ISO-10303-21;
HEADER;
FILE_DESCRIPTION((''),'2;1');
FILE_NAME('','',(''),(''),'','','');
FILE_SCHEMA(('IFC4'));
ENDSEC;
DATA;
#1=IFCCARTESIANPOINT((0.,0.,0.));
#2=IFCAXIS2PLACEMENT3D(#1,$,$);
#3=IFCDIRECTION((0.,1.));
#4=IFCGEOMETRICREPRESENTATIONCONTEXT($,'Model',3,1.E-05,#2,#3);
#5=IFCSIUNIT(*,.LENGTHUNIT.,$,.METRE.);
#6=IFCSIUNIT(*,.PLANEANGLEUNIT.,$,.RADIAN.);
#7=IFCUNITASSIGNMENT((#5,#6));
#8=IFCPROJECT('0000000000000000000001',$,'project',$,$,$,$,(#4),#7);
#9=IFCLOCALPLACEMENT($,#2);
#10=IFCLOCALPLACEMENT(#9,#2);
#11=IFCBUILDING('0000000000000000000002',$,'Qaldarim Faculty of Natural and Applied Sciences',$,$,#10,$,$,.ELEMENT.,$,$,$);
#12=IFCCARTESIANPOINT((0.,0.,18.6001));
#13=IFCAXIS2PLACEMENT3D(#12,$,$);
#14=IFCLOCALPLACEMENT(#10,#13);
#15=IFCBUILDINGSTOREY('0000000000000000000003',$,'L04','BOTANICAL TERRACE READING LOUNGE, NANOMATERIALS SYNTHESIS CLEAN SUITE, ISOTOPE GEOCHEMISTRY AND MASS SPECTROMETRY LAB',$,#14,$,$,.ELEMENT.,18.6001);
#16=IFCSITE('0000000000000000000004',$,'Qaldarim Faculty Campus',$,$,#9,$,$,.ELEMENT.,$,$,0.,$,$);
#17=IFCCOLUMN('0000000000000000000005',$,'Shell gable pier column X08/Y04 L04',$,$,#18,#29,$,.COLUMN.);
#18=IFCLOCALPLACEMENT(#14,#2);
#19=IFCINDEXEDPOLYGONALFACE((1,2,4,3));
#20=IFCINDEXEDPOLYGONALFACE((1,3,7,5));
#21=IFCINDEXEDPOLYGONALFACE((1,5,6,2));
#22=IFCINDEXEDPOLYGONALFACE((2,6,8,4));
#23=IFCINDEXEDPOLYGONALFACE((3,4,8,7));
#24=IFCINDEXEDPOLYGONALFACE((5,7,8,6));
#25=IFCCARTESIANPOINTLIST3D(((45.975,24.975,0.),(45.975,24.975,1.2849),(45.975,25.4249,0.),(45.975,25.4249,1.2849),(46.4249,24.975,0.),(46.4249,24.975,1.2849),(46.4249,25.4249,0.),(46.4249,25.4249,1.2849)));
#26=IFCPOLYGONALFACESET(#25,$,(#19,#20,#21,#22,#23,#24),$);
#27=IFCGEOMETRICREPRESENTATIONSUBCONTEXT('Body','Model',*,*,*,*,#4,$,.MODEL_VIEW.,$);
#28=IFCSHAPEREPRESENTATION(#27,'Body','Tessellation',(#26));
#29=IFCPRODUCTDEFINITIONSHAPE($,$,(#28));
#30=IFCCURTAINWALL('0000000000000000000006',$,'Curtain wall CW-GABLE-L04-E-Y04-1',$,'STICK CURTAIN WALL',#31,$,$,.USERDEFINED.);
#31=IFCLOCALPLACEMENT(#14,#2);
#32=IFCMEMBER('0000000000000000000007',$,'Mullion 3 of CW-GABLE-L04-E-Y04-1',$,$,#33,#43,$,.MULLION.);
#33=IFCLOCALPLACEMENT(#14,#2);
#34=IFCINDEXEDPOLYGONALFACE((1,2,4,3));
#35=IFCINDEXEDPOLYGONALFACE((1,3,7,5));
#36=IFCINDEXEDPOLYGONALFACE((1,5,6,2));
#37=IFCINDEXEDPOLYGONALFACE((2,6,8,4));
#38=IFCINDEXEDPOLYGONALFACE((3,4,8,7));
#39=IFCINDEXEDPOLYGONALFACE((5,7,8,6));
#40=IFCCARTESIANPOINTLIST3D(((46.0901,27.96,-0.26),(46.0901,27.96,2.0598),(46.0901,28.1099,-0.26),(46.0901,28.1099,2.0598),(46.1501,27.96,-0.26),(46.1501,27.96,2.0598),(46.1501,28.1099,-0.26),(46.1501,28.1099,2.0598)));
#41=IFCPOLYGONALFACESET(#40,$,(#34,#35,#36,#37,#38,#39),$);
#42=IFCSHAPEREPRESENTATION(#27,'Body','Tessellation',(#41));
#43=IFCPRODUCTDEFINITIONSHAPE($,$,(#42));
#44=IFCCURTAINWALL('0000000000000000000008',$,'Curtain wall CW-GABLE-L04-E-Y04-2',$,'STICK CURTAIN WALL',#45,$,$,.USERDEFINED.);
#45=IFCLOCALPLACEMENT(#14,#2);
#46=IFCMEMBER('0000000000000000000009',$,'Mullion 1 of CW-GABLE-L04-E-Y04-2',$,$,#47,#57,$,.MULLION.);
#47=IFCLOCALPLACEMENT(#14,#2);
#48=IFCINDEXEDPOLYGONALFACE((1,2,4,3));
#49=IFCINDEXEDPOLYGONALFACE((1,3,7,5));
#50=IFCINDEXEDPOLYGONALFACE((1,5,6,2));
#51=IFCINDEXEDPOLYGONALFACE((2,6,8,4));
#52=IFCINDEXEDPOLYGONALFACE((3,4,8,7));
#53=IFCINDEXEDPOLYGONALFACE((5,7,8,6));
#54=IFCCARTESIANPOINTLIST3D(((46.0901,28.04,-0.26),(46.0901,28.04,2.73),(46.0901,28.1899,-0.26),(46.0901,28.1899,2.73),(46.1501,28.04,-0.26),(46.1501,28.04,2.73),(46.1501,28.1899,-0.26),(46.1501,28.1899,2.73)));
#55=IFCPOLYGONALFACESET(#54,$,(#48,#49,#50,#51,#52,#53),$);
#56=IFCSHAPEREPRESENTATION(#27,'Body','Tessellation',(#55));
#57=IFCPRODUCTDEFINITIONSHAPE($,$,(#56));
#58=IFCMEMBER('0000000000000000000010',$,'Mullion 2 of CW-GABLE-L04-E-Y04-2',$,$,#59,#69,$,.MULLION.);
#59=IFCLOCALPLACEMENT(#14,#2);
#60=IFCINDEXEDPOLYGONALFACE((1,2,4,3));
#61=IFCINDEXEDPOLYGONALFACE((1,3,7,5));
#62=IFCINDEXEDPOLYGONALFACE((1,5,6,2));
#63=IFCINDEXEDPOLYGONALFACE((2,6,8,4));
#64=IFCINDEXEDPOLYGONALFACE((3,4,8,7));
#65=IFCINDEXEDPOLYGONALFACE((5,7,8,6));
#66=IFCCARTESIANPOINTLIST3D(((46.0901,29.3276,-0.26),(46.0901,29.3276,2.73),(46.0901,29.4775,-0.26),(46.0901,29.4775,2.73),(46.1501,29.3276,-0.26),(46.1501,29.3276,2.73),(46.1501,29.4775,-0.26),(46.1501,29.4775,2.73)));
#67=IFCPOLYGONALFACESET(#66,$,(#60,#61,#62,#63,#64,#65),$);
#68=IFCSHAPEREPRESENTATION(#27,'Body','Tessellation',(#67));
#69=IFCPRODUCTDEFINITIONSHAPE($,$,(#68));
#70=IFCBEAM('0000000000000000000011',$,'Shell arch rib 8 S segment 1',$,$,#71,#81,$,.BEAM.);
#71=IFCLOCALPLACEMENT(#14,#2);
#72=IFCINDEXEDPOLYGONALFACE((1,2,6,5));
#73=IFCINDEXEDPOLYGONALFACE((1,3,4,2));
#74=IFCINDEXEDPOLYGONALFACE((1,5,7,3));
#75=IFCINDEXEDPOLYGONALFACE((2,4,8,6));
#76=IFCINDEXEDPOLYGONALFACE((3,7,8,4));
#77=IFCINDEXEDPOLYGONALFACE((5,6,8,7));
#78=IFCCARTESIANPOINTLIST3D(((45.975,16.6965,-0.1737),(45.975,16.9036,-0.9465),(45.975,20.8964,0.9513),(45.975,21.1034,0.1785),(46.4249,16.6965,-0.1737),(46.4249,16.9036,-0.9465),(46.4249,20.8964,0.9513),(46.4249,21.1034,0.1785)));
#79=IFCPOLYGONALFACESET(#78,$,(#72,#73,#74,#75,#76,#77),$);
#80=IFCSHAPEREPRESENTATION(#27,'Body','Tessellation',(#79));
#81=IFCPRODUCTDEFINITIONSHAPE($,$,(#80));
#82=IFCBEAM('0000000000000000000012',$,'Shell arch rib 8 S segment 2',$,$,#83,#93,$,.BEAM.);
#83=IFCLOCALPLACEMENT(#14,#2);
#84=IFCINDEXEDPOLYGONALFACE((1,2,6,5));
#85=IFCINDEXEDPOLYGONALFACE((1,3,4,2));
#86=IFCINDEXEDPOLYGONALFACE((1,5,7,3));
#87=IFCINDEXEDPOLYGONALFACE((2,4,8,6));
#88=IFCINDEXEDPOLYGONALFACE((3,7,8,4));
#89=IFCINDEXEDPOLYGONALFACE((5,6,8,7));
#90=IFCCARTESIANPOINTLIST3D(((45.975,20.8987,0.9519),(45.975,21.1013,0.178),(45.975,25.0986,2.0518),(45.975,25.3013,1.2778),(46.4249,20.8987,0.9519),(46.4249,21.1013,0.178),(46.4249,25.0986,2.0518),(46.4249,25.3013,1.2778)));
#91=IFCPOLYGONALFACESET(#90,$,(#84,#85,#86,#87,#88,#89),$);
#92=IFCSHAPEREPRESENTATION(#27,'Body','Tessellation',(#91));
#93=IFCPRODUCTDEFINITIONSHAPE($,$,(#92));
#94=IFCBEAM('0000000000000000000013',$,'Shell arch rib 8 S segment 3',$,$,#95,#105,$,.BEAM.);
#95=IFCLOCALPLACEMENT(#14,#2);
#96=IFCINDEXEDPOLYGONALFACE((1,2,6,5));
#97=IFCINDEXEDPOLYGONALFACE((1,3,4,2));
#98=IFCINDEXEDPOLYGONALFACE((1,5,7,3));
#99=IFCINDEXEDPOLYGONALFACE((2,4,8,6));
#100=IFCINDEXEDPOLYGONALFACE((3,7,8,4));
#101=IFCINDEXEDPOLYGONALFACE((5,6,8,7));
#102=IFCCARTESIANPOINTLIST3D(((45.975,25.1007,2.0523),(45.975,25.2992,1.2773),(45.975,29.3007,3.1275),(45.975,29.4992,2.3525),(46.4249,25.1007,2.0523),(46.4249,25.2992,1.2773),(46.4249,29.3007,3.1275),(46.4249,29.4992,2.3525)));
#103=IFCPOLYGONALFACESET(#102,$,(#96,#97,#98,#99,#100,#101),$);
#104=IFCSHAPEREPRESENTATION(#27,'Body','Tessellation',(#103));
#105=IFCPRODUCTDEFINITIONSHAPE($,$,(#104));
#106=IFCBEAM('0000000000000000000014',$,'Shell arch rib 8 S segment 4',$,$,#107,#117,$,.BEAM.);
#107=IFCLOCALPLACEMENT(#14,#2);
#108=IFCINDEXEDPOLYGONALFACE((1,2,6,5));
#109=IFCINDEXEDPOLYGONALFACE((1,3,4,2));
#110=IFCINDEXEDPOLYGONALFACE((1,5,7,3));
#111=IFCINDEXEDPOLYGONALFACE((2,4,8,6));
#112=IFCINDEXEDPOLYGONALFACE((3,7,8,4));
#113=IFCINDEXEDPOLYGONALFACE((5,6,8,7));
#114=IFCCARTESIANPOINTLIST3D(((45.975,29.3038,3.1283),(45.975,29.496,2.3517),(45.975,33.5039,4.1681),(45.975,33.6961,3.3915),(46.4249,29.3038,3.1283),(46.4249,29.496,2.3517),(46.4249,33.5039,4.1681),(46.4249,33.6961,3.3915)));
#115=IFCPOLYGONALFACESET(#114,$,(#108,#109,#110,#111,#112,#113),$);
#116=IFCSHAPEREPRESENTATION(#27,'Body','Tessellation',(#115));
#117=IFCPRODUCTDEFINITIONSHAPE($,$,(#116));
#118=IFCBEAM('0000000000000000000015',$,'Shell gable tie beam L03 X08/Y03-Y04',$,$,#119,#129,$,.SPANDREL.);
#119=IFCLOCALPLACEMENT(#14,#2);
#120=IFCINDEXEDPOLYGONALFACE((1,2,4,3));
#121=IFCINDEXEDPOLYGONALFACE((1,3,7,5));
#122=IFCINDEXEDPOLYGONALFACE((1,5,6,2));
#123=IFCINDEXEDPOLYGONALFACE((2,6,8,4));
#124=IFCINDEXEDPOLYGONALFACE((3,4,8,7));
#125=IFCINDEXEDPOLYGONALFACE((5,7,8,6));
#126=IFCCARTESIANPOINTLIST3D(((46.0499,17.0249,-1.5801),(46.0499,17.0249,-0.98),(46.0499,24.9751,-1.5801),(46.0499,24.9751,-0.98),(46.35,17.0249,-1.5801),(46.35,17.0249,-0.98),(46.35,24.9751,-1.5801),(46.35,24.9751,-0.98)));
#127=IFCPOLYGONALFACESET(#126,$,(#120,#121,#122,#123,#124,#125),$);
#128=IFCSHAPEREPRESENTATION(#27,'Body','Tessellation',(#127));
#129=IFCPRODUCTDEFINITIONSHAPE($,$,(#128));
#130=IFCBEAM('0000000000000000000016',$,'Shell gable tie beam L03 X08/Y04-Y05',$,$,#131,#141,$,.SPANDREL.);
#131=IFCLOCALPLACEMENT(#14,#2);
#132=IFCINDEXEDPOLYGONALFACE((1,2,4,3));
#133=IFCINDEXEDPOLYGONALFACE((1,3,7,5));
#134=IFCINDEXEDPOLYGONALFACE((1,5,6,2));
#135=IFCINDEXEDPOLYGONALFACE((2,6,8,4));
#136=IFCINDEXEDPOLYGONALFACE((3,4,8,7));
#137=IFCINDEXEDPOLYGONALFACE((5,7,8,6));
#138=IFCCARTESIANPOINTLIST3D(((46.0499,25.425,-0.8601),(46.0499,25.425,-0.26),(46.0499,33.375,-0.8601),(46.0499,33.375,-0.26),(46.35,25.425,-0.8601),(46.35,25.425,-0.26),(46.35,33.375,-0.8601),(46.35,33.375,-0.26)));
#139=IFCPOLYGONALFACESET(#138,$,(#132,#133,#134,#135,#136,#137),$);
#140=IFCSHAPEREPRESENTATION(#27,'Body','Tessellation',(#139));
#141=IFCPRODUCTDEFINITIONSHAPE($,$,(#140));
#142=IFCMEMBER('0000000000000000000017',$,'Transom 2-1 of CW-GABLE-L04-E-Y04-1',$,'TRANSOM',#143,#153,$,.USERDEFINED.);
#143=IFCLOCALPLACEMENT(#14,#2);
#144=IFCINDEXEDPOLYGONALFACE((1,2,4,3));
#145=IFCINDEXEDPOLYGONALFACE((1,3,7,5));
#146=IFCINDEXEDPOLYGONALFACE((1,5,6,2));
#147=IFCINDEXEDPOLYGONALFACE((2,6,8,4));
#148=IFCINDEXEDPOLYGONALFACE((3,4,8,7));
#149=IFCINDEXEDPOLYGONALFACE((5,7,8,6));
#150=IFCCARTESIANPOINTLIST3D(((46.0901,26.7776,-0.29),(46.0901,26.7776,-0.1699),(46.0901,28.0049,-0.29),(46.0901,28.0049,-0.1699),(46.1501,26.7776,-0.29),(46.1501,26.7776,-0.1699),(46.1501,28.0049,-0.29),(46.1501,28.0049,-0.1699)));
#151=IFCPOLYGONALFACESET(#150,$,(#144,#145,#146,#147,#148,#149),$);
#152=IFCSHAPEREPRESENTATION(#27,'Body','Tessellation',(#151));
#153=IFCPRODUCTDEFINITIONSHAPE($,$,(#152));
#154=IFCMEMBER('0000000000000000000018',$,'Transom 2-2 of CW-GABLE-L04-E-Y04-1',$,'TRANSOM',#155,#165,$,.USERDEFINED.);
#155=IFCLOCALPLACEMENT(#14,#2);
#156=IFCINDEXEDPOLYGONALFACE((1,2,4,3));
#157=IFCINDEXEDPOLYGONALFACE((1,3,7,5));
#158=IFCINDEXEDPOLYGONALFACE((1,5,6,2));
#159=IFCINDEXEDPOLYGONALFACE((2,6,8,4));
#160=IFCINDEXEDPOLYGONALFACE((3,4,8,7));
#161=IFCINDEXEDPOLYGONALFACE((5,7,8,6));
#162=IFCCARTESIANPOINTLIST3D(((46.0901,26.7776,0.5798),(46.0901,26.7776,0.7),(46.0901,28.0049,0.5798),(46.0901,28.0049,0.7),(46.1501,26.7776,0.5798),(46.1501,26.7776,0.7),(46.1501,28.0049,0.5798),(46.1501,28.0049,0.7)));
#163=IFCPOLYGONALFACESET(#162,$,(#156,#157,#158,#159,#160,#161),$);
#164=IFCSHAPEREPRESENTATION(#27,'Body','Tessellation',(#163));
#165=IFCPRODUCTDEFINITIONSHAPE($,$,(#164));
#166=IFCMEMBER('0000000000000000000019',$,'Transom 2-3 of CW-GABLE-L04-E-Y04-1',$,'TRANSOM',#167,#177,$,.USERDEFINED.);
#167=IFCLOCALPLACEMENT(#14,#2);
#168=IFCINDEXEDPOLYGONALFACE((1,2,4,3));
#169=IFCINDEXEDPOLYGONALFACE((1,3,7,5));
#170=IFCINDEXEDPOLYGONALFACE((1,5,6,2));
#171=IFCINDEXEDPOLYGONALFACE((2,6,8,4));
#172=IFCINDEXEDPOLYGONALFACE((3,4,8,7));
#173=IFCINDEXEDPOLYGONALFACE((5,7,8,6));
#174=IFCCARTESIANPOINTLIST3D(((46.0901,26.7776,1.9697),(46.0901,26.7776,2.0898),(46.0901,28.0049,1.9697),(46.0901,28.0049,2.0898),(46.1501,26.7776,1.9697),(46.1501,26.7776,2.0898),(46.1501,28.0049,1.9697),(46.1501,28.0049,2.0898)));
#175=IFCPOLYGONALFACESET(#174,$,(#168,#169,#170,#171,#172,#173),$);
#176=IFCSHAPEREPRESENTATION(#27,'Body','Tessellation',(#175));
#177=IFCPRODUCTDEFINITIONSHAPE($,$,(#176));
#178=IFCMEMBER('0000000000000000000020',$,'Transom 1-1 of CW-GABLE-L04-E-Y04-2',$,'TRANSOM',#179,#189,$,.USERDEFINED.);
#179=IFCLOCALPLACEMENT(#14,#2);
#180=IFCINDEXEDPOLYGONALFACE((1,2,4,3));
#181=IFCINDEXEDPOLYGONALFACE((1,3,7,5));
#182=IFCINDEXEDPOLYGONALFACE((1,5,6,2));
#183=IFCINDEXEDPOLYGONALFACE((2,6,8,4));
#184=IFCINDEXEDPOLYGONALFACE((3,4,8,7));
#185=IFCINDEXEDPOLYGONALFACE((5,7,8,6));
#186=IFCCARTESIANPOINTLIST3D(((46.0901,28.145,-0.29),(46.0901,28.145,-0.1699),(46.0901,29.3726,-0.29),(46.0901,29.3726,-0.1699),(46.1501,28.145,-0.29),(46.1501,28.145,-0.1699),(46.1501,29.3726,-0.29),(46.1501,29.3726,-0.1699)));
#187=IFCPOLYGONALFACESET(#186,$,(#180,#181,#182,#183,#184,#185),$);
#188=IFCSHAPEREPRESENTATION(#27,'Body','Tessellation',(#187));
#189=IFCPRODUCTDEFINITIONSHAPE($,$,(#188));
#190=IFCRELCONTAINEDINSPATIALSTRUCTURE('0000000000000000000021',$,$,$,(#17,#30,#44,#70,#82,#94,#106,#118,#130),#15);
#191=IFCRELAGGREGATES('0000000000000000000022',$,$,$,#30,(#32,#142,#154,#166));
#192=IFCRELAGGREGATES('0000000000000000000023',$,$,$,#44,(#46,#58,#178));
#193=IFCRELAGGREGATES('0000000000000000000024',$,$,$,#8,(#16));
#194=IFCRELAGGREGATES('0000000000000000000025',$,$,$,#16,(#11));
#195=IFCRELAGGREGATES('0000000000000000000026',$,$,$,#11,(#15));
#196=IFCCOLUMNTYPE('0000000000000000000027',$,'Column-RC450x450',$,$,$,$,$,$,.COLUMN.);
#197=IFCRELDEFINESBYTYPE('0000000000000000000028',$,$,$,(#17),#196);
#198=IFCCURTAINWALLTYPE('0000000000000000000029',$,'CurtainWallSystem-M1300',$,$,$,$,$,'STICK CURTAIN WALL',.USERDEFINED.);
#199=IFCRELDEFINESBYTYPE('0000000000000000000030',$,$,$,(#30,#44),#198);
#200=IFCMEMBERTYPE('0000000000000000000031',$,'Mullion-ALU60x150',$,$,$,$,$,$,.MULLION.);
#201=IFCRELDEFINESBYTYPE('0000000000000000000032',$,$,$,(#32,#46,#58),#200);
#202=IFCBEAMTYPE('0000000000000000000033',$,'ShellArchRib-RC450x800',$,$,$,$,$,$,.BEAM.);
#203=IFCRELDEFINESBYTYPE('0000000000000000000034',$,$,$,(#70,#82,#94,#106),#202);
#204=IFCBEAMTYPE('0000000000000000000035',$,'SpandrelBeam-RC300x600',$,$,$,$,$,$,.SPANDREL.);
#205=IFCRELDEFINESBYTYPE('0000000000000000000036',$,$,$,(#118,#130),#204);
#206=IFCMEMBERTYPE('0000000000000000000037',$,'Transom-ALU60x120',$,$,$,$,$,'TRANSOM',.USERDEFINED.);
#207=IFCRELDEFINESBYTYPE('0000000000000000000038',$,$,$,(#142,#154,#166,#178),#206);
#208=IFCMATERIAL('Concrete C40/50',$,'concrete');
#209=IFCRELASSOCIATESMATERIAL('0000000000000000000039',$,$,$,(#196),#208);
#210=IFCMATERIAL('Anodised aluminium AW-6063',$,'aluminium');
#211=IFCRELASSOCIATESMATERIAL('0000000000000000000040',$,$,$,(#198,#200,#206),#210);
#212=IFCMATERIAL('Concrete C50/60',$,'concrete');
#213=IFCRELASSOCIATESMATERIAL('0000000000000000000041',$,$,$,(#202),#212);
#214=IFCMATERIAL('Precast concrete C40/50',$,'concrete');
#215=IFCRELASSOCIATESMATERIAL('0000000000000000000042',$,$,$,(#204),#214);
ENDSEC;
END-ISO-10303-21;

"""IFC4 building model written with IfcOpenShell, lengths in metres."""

from ifc_helpers import new_model, si_unit, direction, frame, origin, origin_2d, place, context, subcontext, project, spatial, rectangle, extrude, material, material_profile, profile_set, type_object, element, aggregate, save


model = new_model("IFC4")

# Units and contexts
model_context = context("Model", 3, precision=1e-05, world=origin(), true_north=direction((0.0, 1.0)))
body_context = subcontext(model_context, "Body", "Model", "MODEL_VIEW")
ifc_project = project(units=[si_unit("LENGTHUNIT", "METRE"), si_unit("PLANEANGLEUNIT", "RADIAN")], contexts=[model_context])

# Site, building, storey
site_placement = place(None, origin())
site = spatial("IfcSite", under=ifc_project, at=site_placement, Name="Qaldarim Faculty Campus", CompositionType="ELEMENT", RefElevation=0.0)
building_placement = place(site_placement, origin())
building = spatial("IfcBuilding", under=site, at=building_placement, Name="Qaldarim Faculty of Natural and Applied Sciences", CompositionType="ELEMENT")
storey_placement = place(building_placement, frame((0.0, 0.0, 18.6001)))
storey = spatial("IfcBuildingStorey", under=building, at=storey_placement, Name="L04", Description="BOTANICAL TERRACE READING LOUNGE, NANOMATERIALS SYNTHESIS CLEAN SUITE, ISOTOPE GEOCHEMISTRY AND MASS SPECTROMETRY LAB", CompositionType="ELEMENT", Elevation=18.6001)

# Column
ifc_material_1 = material(Name="Concrete C40/50", Category="concrete")
ifc_material_profile_1 = material_profile(ifc_material_1, rectangle(XDim=0.45, YDim=0.45, at=origin_2d()), Name="RC-C450x450")
ifc_profile_set_1 = profile_set([ifc_material_profile_1], Name="Concrete C40/50")
column_type = type_object("IfcColumnType", Name="Column-RC450x450", PredefinedType="COLUMN", material=ifc_profile_set_1)
column_placement = place(storey_placement, frame((46.2, 25.2, 0.0), z_axis=(0.0, 0.0, 1.0), x_axis=(1.0, 0.0, 0.0)))
element("IfcColumn", 1, at=column_placement, inside=storey, type_object=column_type, Name="Shell gable pier column X08/Y04 L04", PredefinedType="COLUMN", context=body_context, shape_type="SweptSolid", body=[
    extrude(rectangle(XDim=0.45, YDim=0.45, at=origin_2d()), origin(), (0.0, 0.0, 1.0), 1.2849),
])

# Curtain wall, member
ifc_material_2 = material(Name="Anodised aluminium AW-6063", Category="aluminium")
curtain_wall_type = type_object("IfcCurtainWallType", Name="CurtainWallSystem-M1300", ElementType="STICK CURTAIN WALL", PredefinedType="USERDEFINED", material=ifc_material_2)
curtain_wall_1_placement = place(storey_placement, origin())
curtain_wall_1 = element("IfcCurtainWall", 2, at=curtain_wall_1_placement, inside=storey, type_object=curtain_wall_type, Name="Curtain wall CW-GABLE-L04-E-Y04-1", ObjectType="STICK CURTAIN WALL", PredefinedType="USERDEFINED")
ifc_material_profile_2 = material_profile(ifc_material_2, rectangle(XDim=0.0601, YDim=0.1499, at=origin_2d()), Name="ALU-M60x150")
ifc_profile_set_2 = profile_set([ifc_material_profile_2], Name="Anodised aluminium AW-6063")
member_type_1 = type_object("IfcMemberType", Name="Mullion-ALU60x150", PredefinedType="MULLION", material=ifc_profile_set_2)
member_1_placement = place(storey_placement, frame((46.1201, 28.0349, -0.26), z_axis=(0.0, 0.0, 1.0), x_axis=(-1.0, 0.0, 0.0)))
member_1 = element("IfcMember", 3, at=member_1_placement, type_object=member_type_1, Name="Mullion 3 of CW-GABLE-L04-E-Y04-1", PredefinedType="MULLION", context=body_context, shape_type="SweptSolid", body=[
    extrude(rectangle(XDim=0.0601, YDim=0.1499, at=origin_2d()), origin(), (0.0, 0.0, 1.0), 2.3198),
])

# Curtain wall, members
curtain_wall_2_placement = place(storey_placement, origin())
curtain_wall_2 = element("IfcCurtainWall", 4, at=curtain_wall_2_placement, inside=storey, type_object=curtain_wall_type, Name="Curtain wall CW-GABLE-L04-E-Y04-2", ObjectType="STICK CURTAIN WALL", PredefinedType="USERDEFINED")
member_2_placement = place(storey_placement, frame((46.1201, 28.115, -0.26), z_axis=(0.0, 0.0, 1.0), x_axis=(-1.0, 0.0, 0.0)))
member_2 = element("IfcMember", 5, at=member_2_placement, type_object=member_type_1, Name="Mullion 1 of CW-GABLE-L04-E-Y04-2", PredefinedType="MULLION", context=body_context, shape_type="SweptSolid", body=[
    extrude(rectangle(XDim=0.0601, YDim=0.1499, at=origin_2d()), origin(), (0.0, 0.0, 1.0), 2.99),
])
member_3_placement = place(storey_placement, frame((46.1201, 29.4026, -0.26), z_axis=(0.0, 0.0, 1.0), x_axis=(-1.0, 0.0, 0.0)))
member_3 = element("IfcMember", 6, at=member_3_placement, type_object=member_type_1, Name="Mullion 2 of CW-GABLE-L04-E-Y04-2", PredefinedType="MULLION", context=body_context, shape_type="SweptSolid", body=[
    extrude(rectangle(XDim=0.0601, YDim=0.1499, at=origin_2d()), origin(), (0.0, 0.0, 1.0), 2.99),
])

# Beams
ifc_material_3 = material(Name="Concrete C50/60", Category="concrete")
ifc_material_profile_3 = material_profile(ifc_material_3, rectangle(XDim=0.45, YDim=0.8, at=origin_2d()), Name="RC-RIB450x800")
ifc_profile_set_3 = profile_set([ifc_material_profile_3], Name="Concrete C50/60")
beam_type_1 = type_object("IfcBeamType", Name="ShellArchRib-RC450x800", PredefinedType="BEAM", material=ifc_profile_set_3)
beam_1_placement = place(storey_placement, frame((46.2, 16.8, -0.5601), z_axis=(0.0, 0.965947, 0.258739), x_axis=(-1.0, 0.0, 0.0)))
element("IfcBeam", 7, at=beam_1_placement, inside=storey, type_object=beam_type_1, Name="Shell arch rib 8 S segment 1", PredefinedType="BEAM", context=body_context, shape_type="SweptSolid", body=[
    extrude(rectangle(XDim=0.45, YDim=0.8, at=origin_2d()), origin(), (0.0, 0.0, 1.0), 4.3479),
])
beam_2_placement = place(storey_placement, frame((46.2, 21.0, 0.5649), z_axis=(0.0, 0.96738, 0.253331), x_axis=(-1.0, 0.0, 0.0)))
element("IfcBeam", 8, at=beam_2_placement, inside=storey, type_object=beam_type_1, Name="Shell arch rib 8 S segment 2", PredefinedType="BEAM", context=body_context, shape_type="SweptSolid", body=[
    extrude(rectangle(XDim=0.45, YDim=0.8, at=origin_2d()), origin(), (0.0, 0.0, 1.0), 4.3416),
])
beam_3_placement = place(storey_placement, frame((46.2, 25.2, 1.6648), z_axis=(0.0, 0.968759, 0.248004), x_axis=(-1.0, 0.0, 0.0)))
element("IfcBeam", 9, at=beam_3_placement, inside=storey, type_object=beam_type_1, Name="Shell arch rib 8 S segment 3", PredefinedType="BEAM", context=body_context, shape_type="SweptSolid", body=[
    extrude(rectangle(XDim=0.45, YDim=0.8, at=origin_2d()), origin(), (0.0, 0.0, 1.0), 4.3354),
])
beam_4_placement = place(storey_placement, frame((46.2, 29.3999, 2.74), z_axis=(0.0, 0.970698, 0.240305), x_axis=(-1.0, 0.0, 0.0)))
element("IfcBeam", 10, at=beam_4_placement, inside=storey, type_object=beam_type_1, Name="Shell arch rib 8 S segment 4", PredefinedType="BEAM", context=body_context, shape_type="SweptSolid", body=[
    extrude(rectangle(XDim=0.45, YDim=0.8, at=origin_2d()), origin(), (0.0, 0.0, 1.0), 4.3269),
])
ifc_material_4 = material(Name="Precast concrete C40/50", Category="concrete")
ifc_material_profile_4 = material_profile(ifc_material_4, rectangle(XDim=0.3, YDim=0.6001, at=origin_2d()), Name="RC-SP300x600")
ifc_profile_set_4 = profile_set([ifc_material_profile_4], Name="Precast concrete C40/50")
beam_type_2 = type_object("IfcBeamType", Name="SpandrelBeam-RC300x600", PredefinedType="SPANDREL", material=ifc_profile_set_4)
beam_5_placement = place(storey_placement, frame((46.2, 17.0249, -1.28), z_axis=(0.0, 1.0, 0.0), x_axis=(-1.0, 0.0, 0.0)))
element("IfcBeam", 11, at=beam_5_placement, inside=storey, type_object=beam_type_2, Name="Shell gable tie beam L03 X08/Y03-Y04", PredefinedType="SPANDREL", context=body_context, shape_type="SweptSolid", body=[
    extrude(rectangle(XDim=0.3, YDim=0.6001, at=origin_2d()), origin(), (0.0, 0.0, 1.0), 7.9502),
])
beam_6_placement = place(storey_placement, frame((46.2, 25.425, -0.5601), z_axis=(0.0, 1.0, 0.0), x_axis=(-1.0, 0.0, 0.0)))
element("IfcBeam", 12, at=beam_6_placement, inside=storey, type_object=beam_type_2, Name="Shell gable tie beam L03 X08/Y04-Y05", PredefinedType="SPANDREL", context=body_context, shape_type="SweptSolid", body=[
    extrude(rectangle(XDim=0.3, YDim=0.6001, at=origin_2d()), origin(), (0.0, 0.0, 1.0), 7.95),
])

# Members
ifc_material_profile_5 = material_profile(ifc_material_2, rectangle(XDim=0.0601, YDim=0.1201, at=origin_2d()), Name="ALU-T60x120")
ifc_profile_set_5 = profile_set([ifc_material_profile_5], Name="Anodised aluminium AW-6063")
member_type_2 = type_object("IfcMemberType", Name="Transom-ALU60x120", ElementType="TRANSOM", PredefinedType="USERDEFINED", material=ifc_profile_set_5)
member_4_placement = place(storey_placement, frame((46.1201, 26.7776, -0.23), z_axis=(0.0, 1.0, 0.0), x_axis=(-1.0, 0.0, 0.0)))
member_4 = element("IfcMember", 13, at=member_4_placement, type_object=member_type_2, Name="Transom 2-1 of CW-GABLE-L04-E-Y04-1", ObjectType="TRANSOM", PredefinedType="USERDEFINED", context=body_context, shape_type="SweptSolid", body=[
    extrude(rectangle(XDim=0.0601, YDim=0.1201, at=origin_2d()), origin(), (0.0, 0.0, 1.0), 1.2273),
])
member_5_placement = place(storey_placement, frame((46.1201, 26.7776, 0.6399), z_axis=(0.0, 1.0, 0.0), x_axis=(-1.0, 0.0, 0.0)))
member_5 = element("IfcMember", 14, at=member_5_placement, type_object=member_type_2, Name="Transom 2-2 of CW-GABLE-L04-E-Y04-1", ObjectType="TRANSOM", PredefinedType="USERDEFINED", context=body_context, shape_type="SweptSolid", body=[
    extrude(rectangle(XDim=0.0601, YDim=0.1201, at=origin_2d()), origin(), (0.0, 0.0, 1.0), 1.2273),
])
member_6_placement = place(storey_placement, frame((46.1201, 26.7776, 2.0298), z_axis=(0.0, 1.0, 0.0), x_axis=(-1.0, 0.0, 0.0)))
member_6 = element("IfcMember", 15, at=member_6_placement, type_object=member_type_2, Name="Transom 2-3 of CW-GABLE-L04-E-Y04-1", ObjectType="TRANSOM", PredefinedType="USERDEFINED", context=body_context, shape_type="SweptSolid", body=[
    extrude(rectangle(XDim=0.0601, YDim=0.1201, at=origin_2d()), origin(), (0.0, 0.0, 1.0), 1.2273),
])
member_7_placement = place(storey_placement, frame((46.1201, 28.145, -0.23), z_axis=(0.0, 1.0, 0.0), x_axis=(-1.0, 0.0, 0.0)))
member_7 = element("IfcMember", 16, at=member_7_placement, type_object=member_type_2, Name="Transom 1-1 of CW-GABLE-L04-E-Y04-2", ObjectType="TRANSOM", PredefinedType="USERDEFINED", context=body_context, shape_type="SweptSolid", body=[
    extrude(rectangle(XDim=0.0601, YDim=0.1201, at=origin_2d()), origin(), (0.0, 0.0, 1.0), 1.2275),
])

aggregate(curtain_wall_1, [member_1, member_4, member_5, member_6])
aggregate(curtain_wall_2, [member_2, member_3, member_7])

save(model, "model.ifc")
